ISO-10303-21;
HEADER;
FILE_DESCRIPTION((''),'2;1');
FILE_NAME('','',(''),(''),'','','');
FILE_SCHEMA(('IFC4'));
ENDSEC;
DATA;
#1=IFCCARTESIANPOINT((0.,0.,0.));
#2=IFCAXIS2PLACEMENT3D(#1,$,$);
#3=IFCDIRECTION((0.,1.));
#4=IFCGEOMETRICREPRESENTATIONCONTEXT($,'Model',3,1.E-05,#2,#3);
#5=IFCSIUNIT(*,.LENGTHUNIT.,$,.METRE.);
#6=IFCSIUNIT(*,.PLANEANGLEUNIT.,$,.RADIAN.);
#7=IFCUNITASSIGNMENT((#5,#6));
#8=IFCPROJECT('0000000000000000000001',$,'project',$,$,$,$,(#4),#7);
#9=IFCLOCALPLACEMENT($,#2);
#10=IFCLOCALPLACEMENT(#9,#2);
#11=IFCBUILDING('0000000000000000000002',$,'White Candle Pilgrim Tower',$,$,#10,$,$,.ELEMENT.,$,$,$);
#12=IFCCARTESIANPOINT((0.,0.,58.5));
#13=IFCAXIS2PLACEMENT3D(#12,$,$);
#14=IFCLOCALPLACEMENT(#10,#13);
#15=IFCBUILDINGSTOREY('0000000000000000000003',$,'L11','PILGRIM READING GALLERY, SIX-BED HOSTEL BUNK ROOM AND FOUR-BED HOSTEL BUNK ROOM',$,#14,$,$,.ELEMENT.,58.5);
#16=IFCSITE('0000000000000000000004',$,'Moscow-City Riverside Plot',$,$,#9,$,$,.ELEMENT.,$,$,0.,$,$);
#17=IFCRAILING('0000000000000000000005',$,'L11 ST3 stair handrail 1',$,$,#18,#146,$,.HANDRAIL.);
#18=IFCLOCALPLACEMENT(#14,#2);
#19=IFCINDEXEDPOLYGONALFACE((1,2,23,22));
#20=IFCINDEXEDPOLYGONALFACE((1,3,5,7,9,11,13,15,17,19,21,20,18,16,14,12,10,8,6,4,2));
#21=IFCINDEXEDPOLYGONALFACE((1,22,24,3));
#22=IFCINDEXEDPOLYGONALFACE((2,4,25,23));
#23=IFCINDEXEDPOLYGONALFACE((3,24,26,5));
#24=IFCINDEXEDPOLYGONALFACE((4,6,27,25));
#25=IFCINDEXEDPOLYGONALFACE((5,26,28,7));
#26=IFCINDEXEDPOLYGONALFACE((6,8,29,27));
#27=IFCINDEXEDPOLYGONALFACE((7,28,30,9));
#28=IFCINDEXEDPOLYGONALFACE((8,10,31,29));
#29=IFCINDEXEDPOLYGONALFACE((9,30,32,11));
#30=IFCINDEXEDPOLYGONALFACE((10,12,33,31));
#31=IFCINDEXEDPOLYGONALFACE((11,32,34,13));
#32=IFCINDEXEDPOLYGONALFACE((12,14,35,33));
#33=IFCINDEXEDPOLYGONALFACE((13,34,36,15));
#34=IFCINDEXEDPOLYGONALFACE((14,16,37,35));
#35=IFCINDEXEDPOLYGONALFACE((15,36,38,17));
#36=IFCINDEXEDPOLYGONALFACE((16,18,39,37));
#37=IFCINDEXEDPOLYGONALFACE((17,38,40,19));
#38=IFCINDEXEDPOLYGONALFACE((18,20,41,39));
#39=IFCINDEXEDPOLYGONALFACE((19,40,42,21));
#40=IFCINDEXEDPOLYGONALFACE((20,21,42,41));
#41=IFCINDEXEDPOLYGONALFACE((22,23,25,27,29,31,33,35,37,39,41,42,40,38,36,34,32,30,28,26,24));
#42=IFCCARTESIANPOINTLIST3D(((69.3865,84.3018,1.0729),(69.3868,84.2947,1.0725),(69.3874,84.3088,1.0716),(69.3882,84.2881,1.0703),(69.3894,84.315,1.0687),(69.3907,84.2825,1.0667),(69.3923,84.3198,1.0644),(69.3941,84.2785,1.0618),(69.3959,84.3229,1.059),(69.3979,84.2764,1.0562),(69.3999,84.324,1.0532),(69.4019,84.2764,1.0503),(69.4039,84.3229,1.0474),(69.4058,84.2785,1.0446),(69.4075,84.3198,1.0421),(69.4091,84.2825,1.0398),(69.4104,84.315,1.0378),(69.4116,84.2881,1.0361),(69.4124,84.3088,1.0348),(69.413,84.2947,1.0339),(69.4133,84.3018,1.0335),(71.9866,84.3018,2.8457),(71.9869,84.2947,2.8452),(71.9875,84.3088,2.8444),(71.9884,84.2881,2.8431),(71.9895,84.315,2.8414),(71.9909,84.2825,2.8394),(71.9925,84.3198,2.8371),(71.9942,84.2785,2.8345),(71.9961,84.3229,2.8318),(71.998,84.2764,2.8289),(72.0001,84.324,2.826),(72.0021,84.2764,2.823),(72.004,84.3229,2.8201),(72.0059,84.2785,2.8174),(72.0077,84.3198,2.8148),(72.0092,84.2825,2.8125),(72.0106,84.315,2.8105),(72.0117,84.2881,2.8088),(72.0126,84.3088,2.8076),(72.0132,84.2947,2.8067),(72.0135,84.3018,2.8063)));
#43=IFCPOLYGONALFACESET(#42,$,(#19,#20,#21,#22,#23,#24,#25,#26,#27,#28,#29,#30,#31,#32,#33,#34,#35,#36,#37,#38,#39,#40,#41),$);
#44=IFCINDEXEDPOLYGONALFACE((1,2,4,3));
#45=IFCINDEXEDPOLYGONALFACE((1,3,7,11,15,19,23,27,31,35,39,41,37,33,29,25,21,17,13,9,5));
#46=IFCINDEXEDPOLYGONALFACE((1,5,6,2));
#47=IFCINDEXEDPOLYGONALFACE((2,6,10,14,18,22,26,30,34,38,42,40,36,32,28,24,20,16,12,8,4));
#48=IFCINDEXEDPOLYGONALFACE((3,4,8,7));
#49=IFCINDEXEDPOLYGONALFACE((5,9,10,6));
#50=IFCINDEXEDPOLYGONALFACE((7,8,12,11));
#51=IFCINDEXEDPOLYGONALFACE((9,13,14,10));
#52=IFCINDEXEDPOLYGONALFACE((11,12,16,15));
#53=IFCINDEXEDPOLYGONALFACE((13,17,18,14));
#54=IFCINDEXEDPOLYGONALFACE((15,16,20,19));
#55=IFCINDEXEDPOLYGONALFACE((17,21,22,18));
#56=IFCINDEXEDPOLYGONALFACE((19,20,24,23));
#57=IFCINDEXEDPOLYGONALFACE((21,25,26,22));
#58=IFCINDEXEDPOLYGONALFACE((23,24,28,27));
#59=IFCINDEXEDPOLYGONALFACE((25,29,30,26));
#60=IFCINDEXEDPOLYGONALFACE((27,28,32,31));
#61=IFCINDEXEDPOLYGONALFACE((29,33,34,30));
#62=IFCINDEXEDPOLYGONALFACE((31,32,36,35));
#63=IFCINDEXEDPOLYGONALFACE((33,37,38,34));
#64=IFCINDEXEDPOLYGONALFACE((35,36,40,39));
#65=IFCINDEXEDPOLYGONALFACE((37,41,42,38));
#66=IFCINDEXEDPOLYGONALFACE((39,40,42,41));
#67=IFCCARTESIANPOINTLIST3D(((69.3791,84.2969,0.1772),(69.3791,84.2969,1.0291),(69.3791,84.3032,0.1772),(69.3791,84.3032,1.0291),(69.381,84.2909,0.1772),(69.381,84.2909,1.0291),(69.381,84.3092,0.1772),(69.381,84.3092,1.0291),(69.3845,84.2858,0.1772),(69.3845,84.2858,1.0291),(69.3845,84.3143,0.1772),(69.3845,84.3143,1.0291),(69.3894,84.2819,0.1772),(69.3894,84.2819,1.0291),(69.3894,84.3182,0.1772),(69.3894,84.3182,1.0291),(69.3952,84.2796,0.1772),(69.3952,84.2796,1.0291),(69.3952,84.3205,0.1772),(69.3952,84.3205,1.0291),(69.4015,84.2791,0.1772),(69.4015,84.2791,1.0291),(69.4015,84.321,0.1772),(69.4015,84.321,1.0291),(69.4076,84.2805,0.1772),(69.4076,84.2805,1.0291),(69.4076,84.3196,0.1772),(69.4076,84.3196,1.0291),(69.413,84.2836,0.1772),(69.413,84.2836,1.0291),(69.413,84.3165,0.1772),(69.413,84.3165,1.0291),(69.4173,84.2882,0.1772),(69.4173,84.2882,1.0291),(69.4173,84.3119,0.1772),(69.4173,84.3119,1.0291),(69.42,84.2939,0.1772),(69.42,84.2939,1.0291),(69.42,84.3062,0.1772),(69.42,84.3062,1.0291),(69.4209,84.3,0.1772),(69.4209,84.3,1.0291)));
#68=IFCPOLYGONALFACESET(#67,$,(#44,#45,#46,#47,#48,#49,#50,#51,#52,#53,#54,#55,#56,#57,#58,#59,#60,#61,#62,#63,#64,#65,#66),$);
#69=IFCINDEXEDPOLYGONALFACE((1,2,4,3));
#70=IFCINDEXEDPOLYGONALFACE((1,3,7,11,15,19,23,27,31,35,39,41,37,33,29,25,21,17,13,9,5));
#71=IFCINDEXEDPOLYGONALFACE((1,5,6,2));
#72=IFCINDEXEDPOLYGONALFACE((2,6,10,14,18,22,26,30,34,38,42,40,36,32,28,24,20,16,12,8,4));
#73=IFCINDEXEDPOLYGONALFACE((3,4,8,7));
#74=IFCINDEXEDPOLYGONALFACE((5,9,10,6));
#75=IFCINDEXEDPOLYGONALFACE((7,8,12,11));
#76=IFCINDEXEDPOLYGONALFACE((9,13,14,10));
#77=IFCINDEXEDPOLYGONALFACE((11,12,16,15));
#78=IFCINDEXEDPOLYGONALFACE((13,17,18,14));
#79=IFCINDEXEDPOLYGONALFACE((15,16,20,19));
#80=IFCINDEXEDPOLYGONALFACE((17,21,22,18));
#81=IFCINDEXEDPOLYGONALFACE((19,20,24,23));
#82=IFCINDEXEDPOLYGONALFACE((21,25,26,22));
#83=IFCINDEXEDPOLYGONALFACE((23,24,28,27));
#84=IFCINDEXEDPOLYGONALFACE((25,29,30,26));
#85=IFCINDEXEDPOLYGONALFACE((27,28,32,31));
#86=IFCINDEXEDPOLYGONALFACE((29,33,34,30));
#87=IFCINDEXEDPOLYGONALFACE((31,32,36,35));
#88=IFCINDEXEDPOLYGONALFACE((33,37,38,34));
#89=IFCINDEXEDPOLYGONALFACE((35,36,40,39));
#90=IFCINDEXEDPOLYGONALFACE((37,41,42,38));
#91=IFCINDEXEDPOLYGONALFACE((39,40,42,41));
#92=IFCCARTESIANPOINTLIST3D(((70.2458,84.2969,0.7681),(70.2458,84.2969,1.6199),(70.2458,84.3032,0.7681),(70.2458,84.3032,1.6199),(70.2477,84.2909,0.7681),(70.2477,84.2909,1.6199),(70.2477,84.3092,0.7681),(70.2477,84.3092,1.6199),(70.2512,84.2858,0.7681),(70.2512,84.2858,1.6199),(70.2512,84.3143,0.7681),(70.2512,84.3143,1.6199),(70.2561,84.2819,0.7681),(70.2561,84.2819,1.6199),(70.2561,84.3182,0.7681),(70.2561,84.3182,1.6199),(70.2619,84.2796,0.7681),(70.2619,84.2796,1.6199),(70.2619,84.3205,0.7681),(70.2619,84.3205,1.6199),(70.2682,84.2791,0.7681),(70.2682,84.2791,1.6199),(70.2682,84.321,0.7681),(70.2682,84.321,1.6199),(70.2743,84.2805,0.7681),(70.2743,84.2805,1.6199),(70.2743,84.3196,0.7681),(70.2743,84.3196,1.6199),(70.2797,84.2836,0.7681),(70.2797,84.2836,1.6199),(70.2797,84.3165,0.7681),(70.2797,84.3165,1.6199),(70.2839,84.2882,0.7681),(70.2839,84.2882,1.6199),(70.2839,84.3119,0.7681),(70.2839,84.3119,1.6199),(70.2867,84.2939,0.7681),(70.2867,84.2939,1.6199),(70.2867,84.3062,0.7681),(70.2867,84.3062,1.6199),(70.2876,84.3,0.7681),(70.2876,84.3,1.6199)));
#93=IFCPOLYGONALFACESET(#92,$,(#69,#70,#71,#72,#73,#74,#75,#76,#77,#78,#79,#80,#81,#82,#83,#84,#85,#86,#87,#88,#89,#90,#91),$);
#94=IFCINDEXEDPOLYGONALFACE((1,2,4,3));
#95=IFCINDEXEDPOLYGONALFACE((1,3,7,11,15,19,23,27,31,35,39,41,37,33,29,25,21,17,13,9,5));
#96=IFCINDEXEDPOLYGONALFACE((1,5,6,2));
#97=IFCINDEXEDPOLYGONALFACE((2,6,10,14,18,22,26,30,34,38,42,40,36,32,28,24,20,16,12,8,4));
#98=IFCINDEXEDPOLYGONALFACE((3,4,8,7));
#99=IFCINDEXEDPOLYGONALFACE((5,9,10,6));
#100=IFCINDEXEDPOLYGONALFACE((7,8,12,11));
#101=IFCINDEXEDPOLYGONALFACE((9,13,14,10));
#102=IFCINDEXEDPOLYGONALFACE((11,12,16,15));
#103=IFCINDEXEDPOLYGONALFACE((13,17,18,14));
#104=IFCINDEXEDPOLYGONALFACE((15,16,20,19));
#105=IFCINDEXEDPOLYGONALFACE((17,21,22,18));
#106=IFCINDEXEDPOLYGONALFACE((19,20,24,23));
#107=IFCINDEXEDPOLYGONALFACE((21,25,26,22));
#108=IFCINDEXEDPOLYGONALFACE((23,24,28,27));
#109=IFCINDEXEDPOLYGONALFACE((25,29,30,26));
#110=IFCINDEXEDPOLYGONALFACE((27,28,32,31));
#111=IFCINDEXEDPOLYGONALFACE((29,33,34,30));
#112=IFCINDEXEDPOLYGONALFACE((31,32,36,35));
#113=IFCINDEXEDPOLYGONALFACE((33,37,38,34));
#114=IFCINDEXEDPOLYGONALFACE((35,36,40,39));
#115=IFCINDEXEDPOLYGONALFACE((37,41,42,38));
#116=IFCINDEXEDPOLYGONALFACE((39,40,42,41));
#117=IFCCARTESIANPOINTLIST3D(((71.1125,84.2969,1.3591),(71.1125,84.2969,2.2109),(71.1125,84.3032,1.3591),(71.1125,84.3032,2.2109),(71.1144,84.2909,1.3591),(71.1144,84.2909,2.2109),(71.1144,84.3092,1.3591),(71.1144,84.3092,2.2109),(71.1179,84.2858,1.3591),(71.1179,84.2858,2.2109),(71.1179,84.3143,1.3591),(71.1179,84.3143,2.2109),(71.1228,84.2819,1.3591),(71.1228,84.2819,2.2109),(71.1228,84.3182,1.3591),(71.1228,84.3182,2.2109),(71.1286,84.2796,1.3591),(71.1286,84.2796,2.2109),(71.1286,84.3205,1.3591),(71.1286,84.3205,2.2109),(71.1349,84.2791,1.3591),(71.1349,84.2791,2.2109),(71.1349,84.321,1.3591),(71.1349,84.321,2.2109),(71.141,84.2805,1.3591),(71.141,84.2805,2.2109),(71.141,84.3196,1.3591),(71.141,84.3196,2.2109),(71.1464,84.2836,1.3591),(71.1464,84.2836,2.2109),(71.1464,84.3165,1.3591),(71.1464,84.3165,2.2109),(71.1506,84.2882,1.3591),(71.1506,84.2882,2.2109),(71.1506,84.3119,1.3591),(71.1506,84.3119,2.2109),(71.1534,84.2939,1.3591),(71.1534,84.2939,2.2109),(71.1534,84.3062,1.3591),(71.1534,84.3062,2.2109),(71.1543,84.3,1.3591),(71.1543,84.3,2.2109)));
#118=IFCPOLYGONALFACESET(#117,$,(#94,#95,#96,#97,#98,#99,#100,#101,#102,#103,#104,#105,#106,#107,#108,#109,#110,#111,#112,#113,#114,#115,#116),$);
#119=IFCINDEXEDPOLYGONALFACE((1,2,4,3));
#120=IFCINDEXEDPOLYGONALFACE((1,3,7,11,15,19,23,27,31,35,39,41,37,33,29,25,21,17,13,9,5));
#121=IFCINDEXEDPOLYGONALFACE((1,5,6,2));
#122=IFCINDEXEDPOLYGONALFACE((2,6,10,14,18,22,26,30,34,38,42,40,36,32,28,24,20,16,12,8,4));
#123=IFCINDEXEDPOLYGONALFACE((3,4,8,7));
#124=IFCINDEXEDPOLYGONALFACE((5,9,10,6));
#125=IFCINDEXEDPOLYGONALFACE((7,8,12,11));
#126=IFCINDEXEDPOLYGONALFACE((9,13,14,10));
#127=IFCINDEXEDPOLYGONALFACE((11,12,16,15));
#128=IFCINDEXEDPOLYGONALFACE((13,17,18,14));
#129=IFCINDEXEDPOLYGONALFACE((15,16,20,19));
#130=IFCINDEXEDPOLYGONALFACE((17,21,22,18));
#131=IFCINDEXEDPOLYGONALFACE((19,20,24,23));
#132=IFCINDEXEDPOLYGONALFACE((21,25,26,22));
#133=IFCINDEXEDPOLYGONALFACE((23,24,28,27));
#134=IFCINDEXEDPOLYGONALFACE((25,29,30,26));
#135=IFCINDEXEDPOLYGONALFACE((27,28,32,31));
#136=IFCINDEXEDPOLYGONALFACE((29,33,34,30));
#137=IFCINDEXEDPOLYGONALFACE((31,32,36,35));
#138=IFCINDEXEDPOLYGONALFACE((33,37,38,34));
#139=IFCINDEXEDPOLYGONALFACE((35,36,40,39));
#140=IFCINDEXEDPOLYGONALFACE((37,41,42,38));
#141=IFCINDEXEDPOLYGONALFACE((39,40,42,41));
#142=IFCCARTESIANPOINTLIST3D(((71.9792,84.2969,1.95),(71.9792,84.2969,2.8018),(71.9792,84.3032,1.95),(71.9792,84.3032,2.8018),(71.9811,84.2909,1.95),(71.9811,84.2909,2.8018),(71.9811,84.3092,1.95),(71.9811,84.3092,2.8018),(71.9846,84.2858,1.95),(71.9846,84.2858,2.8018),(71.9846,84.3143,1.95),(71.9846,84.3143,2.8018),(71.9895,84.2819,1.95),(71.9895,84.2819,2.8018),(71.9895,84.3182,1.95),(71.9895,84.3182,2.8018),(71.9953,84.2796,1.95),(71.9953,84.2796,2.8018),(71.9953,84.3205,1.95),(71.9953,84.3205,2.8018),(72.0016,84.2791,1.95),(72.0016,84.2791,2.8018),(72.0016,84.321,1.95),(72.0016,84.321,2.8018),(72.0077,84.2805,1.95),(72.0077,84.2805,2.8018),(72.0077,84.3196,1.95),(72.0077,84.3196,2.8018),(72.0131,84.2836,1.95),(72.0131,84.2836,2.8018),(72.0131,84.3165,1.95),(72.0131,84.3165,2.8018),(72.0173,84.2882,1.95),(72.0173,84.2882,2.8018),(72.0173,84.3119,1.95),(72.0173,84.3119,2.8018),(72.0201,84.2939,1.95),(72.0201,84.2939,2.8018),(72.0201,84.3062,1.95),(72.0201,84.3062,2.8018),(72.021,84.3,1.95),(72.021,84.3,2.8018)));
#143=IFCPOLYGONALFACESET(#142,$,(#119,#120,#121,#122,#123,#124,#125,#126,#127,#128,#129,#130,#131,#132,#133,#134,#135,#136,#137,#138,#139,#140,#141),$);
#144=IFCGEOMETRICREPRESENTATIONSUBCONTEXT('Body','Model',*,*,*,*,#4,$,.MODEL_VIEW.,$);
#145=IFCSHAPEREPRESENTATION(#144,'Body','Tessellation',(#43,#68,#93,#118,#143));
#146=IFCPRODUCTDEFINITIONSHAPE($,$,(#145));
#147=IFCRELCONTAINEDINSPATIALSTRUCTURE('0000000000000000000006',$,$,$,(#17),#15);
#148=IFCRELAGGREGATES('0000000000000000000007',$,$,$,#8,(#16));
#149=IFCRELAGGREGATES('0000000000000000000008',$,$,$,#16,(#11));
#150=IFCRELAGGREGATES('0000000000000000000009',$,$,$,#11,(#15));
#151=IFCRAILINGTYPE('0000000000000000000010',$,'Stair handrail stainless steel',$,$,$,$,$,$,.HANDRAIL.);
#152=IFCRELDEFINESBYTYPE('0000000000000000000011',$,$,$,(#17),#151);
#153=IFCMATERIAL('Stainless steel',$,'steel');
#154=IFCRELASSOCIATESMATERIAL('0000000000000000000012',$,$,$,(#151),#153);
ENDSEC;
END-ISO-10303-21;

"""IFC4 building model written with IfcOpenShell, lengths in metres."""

from ifc_helpers import new_model, si_unit, direction, frame, origin, origin_2d, place, context, subcontext, project, spatial, circle, extrude, material, type_object, element, save


model = new_model("IFC4")

# Units and contexts
model_context = context("Model", 3, precision=1e-05, world=origin(), true_north=direction((0.0, 1.0)))
body_context = subcontext(model_context, "Body", "Model", "MODEL_VIEW")
ifc_project = project(units=[si_unit("LENGTHUNIT", "METRE"), si_unit("PLANEANGLEUNIT", "RADIAN")], contexts=[model_context])

# Site, building, storey
site_placement = place(None, origin())
site = spatial("IfcSite", under=ifc_project, at=site_placement, Name="Moscow-City Riverside Plot", CompositionType="ELEMENT", RefElevation=0.0)
building_placement = place(site_placement, origin())
building = spatial("IfcBuilding", under=site, at=building_placement, Name="White Candle Pilgrim Tower", CompositionType="ELEMENT")
storey_placement = place(building_placement, frame((0.0, 0.0, 58.5)))
storey = spatial("IfcBuildingStorey", under=building, at=storey_placement, Name="L11", Description="PILGRIM READING GALLERY, SIX-BED HOSTEL BUNK ROOM AND FOUR-BED HOSTEL BUNK ROOM", CompositionType="ELEMENT", Elevation=58.5)

# Railing
ifc_material_1 = material(Name="Stainless steel", Category="steel")
railing_type_1 = type_object("IfcRailingType", Name="Stair handrail stainless steel", PredefinedType="HANDRAIL", material=ifc_material_1)
railing_1_placement = place(storey_placement, frame((69.3999, 84.3, 0.1772)))
element("IfcRailing", 1, at=railing_1_placement, inside=storey, type_object=railing_type_1, Name="L11 ST3 stair handrail 1", PredefinedType="HANDRAIL", context=body_context, shape_type="SweptSolid", body=[
    extrude(circle(Radius=0.0239, at=origin_2d()), frame((0.0, 0.0, 0.876), z_axis=(0.82624, 0.0, 0.563318), x_axis=(0.0, 1.0, 0.0)), (0.0, 0.0, 1.0), 3.147),
    extrude(circle(Radius=0.021, at=origin_2d()), origin(), (0.0, 0.0, 1.0), 0.8518),
    extrude(circle(Radius=0.021, at=origin_2d()), frame((0.8667, 0.0, 0.5908)), (0.0, 0.0, 1.0), 0.8518),
    extrude(circle(Radius=0.021, at=origin_2d()), frame((1.7334, 0.0, 1.1819)), (0.0, 0.0, 1.0), 0.8518),
    extrude(circle(Radius=0.021, at=origin_2d()), frame((2.6001, 0.0, 1.7727)), (0.0, 0.0, 1.0), 0.8518),
])

save(model, "model.ifc")
